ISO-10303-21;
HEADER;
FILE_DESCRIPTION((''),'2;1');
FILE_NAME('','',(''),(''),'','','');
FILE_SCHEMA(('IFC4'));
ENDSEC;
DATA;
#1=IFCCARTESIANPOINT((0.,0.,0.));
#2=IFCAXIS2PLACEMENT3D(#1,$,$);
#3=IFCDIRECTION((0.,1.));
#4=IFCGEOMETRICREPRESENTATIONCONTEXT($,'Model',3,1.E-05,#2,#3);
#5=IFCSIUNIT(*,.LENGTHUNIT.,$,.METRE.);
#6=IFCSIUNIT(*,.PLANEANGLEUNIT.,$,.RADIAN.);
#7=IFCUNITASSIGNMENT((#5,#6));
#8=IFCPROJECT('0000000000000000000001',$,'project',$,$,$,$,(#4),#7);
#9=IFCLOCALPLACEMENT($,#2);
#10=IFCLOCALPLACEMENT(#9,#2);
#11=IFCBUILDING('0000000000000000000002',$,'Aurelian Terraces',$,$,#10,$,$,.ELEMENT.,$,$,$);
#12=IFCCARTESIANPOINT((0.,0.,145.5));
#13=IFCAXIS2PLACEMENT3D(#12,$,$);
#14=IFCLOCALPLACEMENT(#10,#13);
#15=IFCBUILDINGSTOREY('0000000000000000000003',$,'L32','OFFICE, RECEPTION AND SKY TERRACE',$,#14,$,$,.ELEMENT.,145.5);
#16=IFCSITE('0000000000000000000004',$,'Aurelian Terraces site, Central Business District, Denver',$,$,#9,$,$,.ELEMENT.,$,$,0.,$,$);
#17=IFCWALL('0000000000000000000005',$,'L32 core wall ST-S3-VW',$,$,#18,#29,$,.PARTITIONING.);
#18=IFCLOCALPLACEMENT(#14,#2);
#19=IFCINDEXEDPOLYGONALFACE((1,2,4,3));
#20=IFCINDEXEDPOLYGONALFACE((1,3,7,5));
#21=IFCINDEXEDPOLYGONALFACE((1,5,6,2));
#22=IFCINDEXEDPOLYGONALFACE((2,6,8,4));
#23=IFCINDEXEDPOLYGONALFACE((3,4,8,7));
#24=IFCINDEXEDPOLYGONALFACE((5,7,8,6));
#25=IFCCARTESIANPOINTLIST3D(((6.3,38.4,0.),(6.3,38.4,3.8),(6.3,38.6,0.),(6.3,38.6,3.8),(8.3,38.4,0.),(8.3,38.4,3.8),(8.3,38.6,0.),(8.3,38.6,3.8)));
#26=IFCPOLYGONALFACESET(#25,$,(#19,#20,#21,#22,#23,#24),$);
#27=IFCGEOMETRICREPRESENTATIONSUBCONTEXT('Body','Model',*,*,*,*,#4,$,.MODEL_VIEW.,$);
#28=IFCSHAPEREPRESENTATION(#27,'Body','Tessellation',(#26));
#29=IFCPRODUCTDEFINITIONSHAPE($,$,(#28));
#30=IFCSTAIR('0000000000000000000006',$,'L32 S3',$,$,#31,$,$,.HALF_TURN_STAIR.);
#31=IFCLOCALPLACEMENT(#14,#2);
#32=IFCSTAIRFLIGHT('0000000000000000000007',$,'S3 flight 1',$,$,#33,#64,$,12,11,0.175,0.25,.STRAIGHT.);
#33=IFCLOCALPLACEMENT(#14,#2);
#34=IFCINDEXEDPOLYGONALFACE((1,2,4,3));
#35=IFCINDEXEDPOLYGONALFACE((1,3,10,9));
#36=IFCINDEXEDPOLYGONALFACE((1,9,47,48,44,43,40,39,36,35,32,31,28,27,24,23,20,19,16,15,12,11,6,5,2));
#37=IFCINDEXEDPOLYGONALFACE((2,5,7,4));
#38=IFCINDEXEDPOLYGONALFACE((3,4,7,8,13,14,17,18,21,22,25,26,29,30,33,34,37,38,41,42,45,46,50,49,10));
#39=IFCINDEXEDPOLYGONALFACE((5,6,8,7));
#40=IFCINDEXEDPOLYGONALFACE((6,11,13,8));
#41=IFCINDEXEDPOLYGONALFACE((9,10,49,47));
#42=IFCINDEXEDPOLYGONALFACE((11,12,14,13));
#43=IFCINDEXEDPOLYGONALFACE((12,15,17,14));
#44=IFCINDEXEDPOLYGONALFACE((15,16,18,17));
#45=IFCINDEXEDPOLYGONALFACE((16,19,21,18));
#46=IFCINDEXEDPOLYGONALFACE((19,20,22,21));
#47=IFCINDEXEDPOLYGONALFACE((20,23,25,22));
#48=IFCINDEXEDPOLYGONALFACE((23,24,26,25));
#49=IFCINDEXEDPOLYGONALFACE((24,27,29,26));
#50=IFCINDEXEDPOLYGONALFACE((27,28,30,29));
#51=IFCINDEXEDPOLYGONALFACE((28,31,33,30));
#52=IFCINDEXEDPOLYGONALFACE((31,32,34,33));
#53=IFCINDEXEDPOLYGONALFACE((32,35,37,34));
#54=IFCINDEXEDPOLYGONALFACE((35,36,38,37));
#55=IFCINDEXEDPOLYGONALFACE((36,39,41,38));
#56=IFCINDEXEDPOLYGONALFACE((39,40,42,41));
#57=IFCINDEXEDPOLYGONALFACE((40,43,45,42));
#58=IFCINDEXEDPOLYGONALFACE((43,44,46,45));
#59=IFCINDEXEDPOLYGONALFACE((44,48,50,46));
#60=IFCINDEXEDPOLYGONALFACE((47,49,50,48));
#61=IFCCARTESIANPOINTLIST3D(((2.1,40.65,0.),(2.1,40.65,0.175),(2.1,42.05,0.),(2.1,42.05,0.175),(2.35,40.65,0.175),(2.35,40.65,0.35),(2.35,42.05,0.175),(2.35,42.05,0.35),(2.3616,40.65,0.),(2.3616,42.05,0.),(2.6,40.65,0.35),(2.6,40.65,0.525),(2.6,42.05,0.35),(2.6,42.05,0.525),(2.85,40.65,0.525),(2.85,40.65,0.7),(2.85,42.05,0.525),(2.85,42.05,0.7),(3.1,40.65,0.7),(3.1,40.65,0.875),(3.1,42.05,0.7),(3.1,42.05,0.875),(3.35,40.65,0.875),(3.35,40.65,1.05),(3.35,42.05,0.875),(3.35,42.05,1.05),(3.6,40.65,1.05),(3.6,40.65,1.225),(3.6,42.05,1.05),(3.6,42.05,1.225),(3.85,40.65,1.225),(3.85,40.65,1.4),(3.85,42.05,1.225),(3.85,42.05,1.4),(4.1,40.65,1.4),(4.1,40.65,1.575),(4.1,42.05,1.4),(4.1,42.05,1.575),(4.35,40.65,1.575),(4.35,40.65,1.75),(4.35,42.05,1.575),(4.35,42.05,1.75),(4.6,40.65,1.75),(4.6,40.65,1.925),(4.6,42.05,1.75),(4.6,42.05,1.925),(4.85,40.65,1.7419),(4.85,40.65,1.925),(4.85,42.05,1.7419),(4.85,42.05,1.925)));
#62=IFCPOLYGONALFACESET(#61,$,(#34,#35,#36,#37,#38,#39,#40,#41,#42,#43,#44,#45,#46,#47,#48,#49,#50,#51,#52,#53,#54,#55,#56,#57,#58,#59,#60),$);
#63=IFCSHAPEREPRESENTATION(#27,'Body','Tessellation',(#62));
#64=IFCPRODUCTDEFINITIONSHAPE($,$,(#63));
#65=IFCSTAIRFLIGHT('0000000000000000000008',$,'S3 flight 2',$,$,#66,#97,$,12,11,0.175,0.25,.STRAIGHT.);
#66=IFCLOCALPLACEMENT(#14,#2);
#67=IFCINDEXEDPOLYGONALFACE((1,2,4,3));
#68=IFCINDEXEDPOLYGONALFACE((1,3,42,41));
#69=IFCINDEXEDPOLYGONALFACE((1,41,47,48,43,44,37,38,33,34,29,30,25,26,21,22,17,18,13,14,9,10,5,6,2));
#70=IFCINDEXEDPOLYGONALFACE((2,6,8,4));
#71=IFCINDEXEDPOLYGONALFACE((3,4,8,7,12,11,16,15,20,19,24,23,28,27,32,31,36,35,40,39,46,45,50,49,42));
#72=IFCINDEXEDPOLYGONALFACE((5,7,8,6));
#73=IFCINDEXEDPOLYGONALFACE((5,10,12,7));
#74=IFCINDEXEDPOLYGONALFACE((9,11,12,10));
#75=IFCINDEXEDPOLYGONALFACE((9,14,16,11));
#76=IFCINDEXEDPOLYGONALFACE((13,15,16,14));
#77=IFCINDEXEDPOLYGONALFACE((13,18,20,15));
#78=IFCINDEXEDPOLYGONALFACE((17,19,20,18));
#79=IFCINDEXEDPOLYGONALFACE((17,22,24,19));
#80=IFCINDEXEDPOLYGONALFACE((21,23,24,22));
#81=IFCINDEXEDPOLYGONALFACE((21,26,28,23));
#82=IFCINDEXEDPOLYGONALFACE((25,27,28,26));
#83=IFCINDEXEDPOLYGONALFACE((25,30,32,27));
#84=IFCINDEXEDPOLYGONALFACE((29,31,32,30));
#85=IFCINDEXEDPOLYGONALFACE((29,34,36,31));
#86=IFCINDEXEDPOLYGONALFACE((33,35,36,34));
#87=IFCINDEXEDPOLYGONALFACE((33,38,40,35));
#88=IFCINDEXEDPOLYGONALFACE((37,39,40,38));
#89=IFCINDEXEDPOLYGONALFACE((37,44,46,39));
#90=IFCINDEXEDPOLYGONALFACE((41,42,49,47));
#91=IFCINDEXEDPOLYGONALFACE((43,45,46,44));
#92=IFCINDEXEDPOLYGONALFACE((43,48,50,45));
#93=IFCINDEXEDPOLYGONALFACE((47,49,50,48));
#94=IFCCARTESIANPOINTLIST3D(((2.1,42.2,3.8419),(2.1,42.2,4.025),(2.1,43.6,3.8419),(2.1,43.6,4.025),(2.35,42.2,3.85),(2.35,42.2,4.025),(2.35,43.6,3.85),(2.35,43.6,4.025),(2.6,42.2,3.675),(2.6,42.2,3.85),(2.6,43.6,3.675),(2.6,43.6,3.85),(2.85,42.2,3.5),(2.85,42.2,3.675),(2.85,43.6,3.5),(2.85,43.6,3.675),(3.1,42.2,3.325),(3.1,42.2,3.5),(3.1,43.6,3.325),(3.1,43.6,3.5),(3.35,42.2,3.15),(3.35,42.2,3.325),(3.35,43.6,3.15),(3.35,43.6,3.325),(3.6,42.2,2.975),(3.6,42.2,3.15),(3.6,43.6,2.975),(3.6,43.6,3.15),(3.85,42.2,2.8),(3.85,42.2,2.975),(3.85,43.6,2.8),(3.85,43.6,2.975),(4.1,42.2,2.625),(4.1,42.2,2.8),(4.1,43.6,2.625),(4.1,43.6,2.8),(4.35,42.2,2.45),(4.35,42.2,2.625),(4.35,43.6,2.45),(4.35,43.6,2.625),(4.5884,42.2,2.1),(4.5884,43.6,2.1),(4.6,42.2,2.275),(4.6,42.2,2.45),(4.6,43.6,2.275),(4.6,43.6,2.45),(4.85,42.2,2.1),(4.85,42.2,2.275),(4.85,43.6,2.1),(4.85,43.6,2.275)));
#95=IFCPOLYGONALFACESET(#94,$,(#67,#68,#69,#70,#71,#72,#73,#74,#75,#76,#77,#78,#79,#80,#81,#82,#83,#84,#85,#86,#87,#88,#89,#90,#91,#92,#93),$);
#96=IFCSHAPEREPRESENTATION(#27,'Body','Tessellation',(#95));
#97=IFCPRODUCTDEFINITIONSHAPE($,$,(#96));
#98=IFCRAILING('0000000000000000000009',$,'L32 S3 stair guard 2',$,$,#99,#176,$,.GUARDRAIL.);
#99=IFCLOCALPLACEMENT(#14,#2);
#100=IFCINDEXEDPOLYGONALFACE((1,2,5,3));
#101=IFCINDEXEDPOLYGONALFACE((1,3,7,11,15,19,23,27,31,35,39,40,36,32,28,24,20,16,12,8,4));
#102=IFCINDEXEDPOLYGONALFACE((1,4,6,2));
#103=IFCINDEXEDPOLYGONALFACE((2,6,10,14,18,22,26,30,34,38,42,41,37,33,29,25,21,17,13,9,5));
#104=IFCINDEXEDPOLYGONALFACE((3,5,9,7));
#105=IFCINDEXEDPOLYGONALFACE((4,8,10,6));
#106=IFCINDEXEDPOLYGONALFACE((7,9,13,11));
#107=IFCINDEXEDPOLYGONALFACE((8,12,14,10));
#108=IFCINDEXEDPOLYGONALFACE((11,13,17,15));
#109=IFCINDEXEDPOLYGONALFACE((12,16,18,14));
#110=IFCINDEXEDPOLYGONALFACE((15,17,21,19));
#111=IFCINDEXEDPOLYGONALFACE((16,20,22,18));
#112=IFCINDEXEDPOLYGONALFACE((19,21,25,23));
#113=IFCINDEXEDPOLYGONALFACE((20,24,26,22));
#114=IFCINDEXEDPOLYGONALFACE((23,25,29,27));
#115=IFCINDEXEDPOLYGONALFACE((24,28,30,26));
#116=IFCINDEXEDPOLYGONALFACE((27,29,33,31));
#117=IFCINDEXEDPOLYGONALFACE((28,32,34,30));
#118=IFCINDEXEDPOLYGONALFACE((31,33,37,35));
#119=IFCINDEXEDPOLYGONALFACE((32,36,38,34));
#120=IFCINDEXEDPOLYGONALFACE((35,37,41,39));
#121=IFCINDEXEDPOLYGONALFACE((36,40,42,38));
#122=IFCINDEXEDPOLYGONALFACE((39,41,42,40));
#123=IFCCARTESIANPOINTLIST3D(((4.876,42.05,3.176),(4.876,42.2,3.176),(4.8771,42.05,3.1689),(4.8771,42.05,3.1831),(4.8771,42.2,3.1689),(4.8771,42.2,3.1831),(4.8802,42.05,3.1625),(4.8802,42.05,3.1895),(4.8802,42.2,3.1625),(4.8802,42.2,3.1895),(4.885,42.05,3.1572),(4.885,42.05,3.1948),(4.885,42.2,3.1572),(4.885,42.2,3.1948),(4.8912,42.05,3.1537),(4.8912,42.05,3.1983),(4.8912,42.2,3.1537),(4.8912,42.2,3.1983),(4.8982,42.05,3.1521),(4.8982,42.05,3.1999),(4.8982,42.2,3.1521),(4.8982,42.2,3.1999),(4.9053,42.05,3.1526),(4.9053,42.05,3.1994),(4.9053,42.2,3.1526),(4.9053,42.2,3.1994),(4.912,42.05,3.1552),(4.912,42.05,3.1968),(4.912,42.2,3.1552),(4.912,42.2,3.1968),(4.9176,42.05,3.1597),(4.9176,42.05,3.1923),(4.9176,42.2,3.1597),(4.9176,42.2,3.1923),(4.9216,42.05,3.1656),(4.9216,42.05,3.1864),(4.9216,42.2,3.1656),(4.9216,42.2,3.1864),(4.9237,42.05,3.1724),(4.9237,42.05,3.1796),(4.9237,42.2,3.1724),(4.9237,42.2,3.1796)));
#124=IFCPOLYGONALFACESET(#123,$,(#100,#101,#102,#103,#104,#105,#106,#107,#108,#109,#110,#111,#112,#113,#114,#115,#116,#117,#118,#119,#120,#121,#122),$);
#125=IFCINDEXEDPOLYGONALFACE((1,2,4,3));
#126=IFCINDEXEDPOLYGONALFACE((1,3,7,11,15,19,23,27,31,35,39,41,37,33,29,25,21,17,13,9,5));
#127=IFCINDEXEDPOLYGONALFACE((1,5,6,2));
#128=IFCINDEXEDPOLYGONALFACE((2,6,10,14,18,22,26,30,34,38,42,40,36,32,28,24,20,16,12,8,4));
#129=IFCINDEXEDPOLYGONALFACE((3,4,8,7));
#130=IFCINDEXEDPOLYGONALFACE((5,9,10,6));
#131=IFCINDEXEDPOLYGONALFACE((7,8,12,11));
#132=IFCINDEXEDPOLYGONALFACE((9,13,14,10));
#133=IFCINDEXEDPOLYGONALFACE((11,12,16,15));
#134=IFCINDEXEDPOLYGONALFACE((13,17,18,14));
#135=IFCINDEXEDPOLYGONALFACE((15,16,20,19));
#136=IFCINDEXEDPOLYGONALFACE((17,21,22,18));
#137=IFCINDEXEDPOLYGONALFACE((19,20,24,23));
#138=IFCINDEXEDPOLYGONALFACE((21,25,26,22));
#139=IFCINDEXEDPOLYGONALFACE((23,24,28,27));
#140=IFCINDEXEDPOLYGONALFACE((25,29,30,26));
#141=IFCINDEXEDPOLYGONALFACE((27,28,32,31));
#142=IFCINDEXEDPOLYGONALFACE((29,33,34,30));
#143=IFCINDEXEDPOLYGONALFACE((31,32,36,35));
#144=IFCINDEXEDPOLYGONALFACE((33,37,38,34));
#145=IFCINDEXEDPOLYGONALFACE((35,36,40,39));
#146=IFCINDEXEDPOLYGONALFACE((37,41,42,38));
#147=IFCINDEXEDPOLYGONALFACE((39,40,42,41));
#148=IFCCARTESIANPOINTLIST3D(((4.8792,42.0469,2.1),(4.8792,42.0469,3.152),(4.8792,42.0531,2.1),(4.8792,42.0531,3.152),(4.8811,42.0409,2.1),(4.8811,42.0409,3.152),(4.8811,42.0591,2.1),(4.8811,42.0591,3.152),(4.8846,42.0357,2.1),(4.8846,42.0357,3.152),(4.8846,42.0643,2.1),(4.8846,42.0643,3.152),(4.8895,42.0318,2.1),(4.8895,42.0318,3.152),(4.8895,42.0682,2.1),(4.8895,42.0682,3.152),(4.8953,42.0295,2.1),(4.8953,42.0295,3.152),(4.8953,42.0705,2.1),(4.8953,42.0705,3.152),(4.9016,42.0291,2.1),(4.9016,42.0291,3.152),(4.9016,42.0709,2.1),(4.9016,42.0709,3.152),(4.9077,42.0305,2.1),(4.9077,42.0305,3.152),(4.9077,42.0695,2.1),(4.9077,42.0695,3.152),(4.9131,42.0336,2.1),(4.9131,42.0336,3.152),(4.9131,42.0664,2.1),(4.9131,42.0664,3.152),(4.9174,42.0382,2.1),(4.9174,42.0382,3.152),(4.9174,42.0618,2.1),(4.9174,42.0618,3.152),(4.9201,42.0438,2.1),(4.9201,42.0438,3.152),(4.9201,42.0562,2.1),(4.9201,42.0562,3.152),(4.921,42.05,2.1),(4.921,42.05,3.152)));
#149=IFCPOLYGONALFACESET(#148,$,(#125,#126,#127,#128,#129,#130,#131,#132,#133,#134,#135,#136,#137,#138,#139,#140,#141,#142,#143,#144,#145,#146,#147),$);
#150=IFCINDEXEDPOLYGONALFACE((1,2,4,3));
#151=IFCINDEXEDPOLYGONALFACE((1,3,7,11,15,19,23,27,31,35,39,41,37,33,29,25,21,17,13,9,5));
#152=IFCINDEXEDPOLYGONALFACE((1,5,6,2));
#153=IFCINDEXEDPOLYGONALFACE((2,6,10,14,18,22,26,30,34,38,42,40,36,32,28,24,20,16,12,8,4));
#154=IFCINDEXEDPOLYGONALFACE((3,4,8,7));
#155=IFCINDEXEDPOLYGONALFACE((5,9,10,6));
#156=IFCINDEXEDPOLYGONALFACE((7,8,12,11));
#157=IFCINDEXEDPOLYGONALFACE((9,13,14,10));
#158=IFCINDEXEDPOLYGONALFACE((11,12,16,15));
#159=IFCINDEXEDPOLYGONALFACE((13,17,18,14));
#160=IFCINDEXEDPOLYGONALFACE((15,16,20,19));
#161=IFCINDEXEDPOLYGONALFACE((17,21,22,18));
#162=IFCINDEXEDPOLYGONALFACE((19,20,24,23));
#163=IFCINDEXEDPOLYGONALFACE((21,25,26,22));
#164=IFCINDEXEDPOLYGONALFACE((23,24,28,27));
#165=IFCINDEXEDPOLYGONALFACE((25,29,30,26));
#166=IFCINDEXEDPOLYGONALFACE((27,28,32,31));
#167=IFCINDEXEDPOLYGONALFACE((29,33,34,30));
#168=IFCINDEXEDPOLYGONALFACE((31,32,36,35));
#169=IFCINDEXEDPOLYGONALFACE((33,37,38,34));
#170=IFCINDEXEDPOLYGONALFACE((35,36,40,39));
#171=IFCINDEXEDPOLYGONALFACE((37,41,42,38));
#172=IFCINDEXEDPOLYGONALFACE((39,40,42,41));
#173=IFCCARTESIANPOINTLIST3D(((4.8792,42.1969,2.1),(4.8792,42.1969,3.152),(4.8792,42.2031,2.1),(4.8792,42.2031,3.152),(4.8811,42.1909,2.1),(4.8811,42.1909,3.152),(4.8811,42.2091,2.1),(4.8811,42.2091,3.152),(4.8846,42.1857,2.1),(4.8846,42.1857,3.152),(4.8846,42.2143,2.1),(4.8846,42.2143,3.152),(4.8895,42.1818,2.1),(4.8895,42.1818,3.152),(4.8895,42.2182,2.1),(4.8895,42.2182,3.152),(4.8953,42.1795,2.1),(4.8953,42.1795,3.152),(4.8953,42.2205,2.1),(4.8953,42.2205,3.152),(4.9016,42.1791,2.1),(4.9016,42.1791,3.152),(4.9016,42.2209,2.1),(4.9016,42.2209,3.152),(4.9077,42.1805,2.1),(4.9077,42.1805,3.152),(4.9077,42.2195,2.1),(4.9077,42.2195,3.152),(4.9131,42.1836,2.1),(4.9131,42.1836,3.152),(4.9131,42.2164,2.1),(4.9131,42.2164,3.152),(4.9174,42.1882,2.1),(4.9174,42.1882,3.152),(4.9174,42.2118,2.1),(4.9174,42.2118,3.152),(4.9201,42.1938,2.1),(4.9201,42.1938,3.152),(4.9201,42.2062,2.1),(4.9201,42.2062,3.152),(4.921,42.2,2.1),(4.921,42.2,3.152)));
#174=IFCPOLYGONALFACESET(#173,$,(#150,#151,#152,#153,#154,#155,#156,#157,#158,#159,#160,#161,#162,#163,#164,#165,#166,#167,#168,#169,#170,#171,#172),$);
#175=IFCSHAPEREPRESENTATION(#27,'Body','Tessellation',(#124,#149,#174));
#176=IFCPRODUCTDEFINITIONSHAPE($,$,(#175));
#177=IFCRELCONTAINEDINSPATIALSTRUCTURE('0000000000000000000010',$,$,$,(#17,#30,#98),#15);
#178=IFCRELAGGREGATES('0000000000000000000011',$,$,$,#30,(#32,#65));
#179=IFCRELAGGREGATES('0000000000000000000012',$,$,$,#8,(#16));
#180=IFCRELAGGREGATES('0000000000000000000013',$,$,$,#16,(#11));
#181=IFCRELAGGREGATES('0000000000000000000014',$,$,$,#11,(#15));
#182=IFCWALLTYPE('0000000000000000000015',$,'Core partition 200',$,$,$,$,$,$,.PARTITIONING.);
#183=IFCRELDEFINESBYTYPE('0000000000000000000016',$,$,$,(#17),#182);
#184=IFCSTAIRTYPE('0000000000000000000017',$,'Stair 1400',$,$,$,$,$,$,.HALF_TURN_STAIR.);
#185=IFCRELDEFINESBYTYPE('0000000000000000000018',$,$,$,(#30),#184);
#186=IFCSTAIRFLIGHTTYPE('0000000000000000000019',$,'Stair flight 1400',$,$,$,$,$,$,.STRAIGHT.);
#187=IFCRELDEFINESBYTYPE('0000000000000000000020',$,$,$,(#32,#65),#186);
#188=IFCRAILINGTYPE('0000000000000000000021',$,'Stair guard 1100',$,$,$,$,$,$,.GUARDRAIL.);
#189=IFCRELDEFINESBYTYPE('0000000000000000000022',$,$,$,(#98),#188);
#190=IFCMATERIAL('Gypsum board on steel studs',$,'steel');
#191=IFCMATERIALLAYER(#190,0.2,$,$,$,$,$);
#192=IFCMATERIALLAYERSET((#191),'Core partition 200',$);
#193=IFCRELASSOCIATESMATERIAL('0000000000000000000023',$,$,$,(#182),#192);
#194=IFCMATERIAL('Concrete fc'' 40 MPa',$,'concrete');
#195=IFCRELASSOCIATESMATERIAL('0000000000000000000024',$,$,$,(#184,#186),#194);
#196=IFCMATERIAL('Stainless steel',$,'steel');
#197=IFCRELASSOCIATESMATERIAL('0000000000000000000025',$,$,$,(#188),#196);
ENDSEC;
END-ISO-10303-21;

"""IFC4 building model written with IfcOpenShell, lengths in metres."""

from ifc_helpers import new_model, si_unit, direction, frame, frame_2d, origin, origin_2d, place, context, subcontext, project, spatial, polyline, rectangle, circle, outline, extrude, source, transform, mapped, material, layer, layer_set, type_object, element, aggregate, save


model = new_model("IFC4")

# Units and contexts
model_context = context("Model", 3, precision=1e-05, world=origin(), true_north=direction((0.0, 1.0)))
body_context = subcontext(model_context, "Body", "Model", "MODEL_VIEW")
ifc_project = project(units=[si_unit("LENGTHUNIT", "METRE"), si_unit("PLANEANGLEUNIT", "RADIAN")], contexts=[model_context])

# Site, building, storey
site_placement = place(None, origin())
site = spatial("IfcSite", under=ifc_project, at=site_placement, Name="Aurelian Terraces site, Central Business District, Denver", CompositionType="ELEMENT", RefElevation=0.0)
building_placement = place(site_placement, origin())
building = spatial("IfcBuilding", under=site, at=building_placement, Name="Aurelian Terraces", CompositionType="ELEMENT")
storey_placement = place(building_placement, frame((0.0, 0.0, 145.5)))
storey = spatial("IfcBuildingStorey", under=building, at=storey_placement, Name="L32", Description="OFFICE, RECEPTION AND SKY TERRACE", CompositionType="ELEMENT", Elevation=145.5)

# Shared definitions
ifc_material_1 = material(Name="Concrete fc' 40 MPa", Category="concrete")

# Wall
ifc_material_2 = material(Name="Gypsum board on steel studs", Category="steel")
ifc_layer_1 = layer(ifc_material_2, 0.2)
ifc_layer_set_1 = layer_set([ifc_layer_1], Name="Core partition 200")
wall_type_1 = type_object("IfcWallType", Name="Core partition 200", PredefinedType="PARTITIONING", material=ifc_layer_set_1)
shared_shape_1 = source(origin(), body_context, "Body", "SweptSolid", [
    extrude(rectangle(XDim=2.0, YDim=0.2, at=frame_2d((1.0, 0.0))), origin(), (0.0, 0.0, 1.0), 3.8),
])
wall_1_placement = place(storey_placement, frame((6.3, 38.5, 0.0), z_axis=(0.0, 0.0, 1.0), x_axis=(1.0, 0.0, 0.0)))
element("IfcWall", 1, at=wall_1_placement, inside=storey, type_object=wall_type_1, Name="L32 core wall ST-S3-VW", PredefinedType="PARTITIONING", context=body_context, shape_type="MappedRepresentation", body=[
    mapped(shared_shape_1, transform((0.0, 0.0, 0.0), scale=1.0)),
])

# Stair, stair flights
stair_type = type_object("IfcStairType", Name="Stair 1400", PredefinedType="HALF_TURN_STAIR", material=ifc_material_1)
stair_placement = place(storey_placement, origin())
stair = element("IfcStair", 2, at=stair_placement, inside=storey, type_object=stair_type, Name="L32 S3", PredefinedType="HALF_TURN_STAIR")
stair_flight_type = type_object("IfcStairFlightType", Name="Stair flight 1400", PredefinedType="STRAIGHT", material=ifc_material_1)
shared_shape_2 = source(origin(), body_context, "Body", "SweptSolid", [
    extrude(outline(polyline([(0.0, 0.0), (0.0, 0.175), (0.25, 0.175), (0.25, 0.35), (0.5, 0.35), (0.5, 0.525), (0.75, 0.525), (0.75, 0.7), (1.0, 0.7), (1.0, 0.875), (1.25, 0.875), (1.25, 1.05), (1.5, 1.05), (1.5, 1.225), (1.75, 1.225), (1.75, 1.4), (2.0, 1.4), (2.0, 1.575), (2.25, 1.575), (2.25, 1.75), (2.5, 1.75), (2.5, 1.925), (2.75, 1.925), (2.75, 2.1), (2.75, 1.7419), (0.2616, 0.0), (0.0, 0.0)])), frame((0.0, 0.7, 0.0), z_axis=(0.0, -1.0, 0.0), x_axis=(1.0, 0.0, 0.0)), (0.0, 0.0, 1.0), 1.4),
])
stair_flight_1_placement = place(storey_placement, frame((2.1, 41.35, 0.0), z_axis=(0.0, 0.0, 1.0), x_axis=(1.0, 0.0, 0.0)))
stair_flight_1 = element("IfcStairFlight", 3, at=stair_flight_1_placement, type_object=stair_flight_type, Name="S3 flight 1", NumberOfRisers=12, NumberOfTreads=11, PredefinedType="STRAIGHT", RiserHeight=0.175, TreadLength=0.25, context=body_context, shape_type="MappedRepresentation", body=[
    mapped(shared_shape_2, transform((0.0, 0.0, 0.0), scale=1.0)),
])
stair_flight_2_placement = place(storey_placement, frame((4.85, 42.9, 2.1), z_axis=(0.0, 0.0, 1.0), x_axis=(-1.0, 0.0, 0.0)))
stair_flight_2 = element("IfcStairFlight", 4, at=stair_flight_2_placement, type_object=stair_flight_type, Name="S3 flight 2", NumberOfRisers=12, NumberOfTreads=11, PredefinedType="STRAIGHT", RiserHeight=0.175, TreadLength=0.25, context=body_context, shape_type="MappedRepresentation", body=[
    mapped(shared_shape_2, transform((0.0, 0.0, 0.0), scale=1.0)),
])
aggregate(stair, [stair_flight_1, stair_flight_2])

# Railing
ifc_material_3 = material(Name="Stainless steel", Category="steel")
railing_type_1 = type_object("IfcRailingType", Name="Stair guard 1100", PredefinedType="GUARDRAIL", material=ifc_material_3)
shared_shape_3 = source(origin(), body_context, "Body", "SweptSolid", [
    extrude(circle(Radius=0.024, at=origin_2d()), frame((0.0, 0.0, 1.076), z_axis=(0.0, 1.0, 0.0), x_axis=(-1.0, 0.0, 0.0)), (0.0, 0.0, 1.0), 0.15),
    extrude(circle(Radius=0.021, at=origin_2d()), origin(), (0.0, 0.0, 1.0), 1.052),
    extrude(circle(Radius=0.021, at=origin_2d()), frame((0.0, 0.15, 0.0)), (0.0, 0.0, 1.0), 1.052),
])
for number, where, name in (
    (5, (4.9, 42.05, 2.1), "L32 S3 stair guard 2"),
):
    element("IfcRailing", number, at=place(storey_placement, frame(where)), inside=storey, type_object=railing_type_1, Name=name, PredefinedType="GUARDRAIL", context=body_context, shape_type="MappedRepresentation", body=[
        mapped(shared_shape_3, transform((0.0, 0.0, 0.0), scale=1.0)),
    ])

save(model, "model.ifc")
